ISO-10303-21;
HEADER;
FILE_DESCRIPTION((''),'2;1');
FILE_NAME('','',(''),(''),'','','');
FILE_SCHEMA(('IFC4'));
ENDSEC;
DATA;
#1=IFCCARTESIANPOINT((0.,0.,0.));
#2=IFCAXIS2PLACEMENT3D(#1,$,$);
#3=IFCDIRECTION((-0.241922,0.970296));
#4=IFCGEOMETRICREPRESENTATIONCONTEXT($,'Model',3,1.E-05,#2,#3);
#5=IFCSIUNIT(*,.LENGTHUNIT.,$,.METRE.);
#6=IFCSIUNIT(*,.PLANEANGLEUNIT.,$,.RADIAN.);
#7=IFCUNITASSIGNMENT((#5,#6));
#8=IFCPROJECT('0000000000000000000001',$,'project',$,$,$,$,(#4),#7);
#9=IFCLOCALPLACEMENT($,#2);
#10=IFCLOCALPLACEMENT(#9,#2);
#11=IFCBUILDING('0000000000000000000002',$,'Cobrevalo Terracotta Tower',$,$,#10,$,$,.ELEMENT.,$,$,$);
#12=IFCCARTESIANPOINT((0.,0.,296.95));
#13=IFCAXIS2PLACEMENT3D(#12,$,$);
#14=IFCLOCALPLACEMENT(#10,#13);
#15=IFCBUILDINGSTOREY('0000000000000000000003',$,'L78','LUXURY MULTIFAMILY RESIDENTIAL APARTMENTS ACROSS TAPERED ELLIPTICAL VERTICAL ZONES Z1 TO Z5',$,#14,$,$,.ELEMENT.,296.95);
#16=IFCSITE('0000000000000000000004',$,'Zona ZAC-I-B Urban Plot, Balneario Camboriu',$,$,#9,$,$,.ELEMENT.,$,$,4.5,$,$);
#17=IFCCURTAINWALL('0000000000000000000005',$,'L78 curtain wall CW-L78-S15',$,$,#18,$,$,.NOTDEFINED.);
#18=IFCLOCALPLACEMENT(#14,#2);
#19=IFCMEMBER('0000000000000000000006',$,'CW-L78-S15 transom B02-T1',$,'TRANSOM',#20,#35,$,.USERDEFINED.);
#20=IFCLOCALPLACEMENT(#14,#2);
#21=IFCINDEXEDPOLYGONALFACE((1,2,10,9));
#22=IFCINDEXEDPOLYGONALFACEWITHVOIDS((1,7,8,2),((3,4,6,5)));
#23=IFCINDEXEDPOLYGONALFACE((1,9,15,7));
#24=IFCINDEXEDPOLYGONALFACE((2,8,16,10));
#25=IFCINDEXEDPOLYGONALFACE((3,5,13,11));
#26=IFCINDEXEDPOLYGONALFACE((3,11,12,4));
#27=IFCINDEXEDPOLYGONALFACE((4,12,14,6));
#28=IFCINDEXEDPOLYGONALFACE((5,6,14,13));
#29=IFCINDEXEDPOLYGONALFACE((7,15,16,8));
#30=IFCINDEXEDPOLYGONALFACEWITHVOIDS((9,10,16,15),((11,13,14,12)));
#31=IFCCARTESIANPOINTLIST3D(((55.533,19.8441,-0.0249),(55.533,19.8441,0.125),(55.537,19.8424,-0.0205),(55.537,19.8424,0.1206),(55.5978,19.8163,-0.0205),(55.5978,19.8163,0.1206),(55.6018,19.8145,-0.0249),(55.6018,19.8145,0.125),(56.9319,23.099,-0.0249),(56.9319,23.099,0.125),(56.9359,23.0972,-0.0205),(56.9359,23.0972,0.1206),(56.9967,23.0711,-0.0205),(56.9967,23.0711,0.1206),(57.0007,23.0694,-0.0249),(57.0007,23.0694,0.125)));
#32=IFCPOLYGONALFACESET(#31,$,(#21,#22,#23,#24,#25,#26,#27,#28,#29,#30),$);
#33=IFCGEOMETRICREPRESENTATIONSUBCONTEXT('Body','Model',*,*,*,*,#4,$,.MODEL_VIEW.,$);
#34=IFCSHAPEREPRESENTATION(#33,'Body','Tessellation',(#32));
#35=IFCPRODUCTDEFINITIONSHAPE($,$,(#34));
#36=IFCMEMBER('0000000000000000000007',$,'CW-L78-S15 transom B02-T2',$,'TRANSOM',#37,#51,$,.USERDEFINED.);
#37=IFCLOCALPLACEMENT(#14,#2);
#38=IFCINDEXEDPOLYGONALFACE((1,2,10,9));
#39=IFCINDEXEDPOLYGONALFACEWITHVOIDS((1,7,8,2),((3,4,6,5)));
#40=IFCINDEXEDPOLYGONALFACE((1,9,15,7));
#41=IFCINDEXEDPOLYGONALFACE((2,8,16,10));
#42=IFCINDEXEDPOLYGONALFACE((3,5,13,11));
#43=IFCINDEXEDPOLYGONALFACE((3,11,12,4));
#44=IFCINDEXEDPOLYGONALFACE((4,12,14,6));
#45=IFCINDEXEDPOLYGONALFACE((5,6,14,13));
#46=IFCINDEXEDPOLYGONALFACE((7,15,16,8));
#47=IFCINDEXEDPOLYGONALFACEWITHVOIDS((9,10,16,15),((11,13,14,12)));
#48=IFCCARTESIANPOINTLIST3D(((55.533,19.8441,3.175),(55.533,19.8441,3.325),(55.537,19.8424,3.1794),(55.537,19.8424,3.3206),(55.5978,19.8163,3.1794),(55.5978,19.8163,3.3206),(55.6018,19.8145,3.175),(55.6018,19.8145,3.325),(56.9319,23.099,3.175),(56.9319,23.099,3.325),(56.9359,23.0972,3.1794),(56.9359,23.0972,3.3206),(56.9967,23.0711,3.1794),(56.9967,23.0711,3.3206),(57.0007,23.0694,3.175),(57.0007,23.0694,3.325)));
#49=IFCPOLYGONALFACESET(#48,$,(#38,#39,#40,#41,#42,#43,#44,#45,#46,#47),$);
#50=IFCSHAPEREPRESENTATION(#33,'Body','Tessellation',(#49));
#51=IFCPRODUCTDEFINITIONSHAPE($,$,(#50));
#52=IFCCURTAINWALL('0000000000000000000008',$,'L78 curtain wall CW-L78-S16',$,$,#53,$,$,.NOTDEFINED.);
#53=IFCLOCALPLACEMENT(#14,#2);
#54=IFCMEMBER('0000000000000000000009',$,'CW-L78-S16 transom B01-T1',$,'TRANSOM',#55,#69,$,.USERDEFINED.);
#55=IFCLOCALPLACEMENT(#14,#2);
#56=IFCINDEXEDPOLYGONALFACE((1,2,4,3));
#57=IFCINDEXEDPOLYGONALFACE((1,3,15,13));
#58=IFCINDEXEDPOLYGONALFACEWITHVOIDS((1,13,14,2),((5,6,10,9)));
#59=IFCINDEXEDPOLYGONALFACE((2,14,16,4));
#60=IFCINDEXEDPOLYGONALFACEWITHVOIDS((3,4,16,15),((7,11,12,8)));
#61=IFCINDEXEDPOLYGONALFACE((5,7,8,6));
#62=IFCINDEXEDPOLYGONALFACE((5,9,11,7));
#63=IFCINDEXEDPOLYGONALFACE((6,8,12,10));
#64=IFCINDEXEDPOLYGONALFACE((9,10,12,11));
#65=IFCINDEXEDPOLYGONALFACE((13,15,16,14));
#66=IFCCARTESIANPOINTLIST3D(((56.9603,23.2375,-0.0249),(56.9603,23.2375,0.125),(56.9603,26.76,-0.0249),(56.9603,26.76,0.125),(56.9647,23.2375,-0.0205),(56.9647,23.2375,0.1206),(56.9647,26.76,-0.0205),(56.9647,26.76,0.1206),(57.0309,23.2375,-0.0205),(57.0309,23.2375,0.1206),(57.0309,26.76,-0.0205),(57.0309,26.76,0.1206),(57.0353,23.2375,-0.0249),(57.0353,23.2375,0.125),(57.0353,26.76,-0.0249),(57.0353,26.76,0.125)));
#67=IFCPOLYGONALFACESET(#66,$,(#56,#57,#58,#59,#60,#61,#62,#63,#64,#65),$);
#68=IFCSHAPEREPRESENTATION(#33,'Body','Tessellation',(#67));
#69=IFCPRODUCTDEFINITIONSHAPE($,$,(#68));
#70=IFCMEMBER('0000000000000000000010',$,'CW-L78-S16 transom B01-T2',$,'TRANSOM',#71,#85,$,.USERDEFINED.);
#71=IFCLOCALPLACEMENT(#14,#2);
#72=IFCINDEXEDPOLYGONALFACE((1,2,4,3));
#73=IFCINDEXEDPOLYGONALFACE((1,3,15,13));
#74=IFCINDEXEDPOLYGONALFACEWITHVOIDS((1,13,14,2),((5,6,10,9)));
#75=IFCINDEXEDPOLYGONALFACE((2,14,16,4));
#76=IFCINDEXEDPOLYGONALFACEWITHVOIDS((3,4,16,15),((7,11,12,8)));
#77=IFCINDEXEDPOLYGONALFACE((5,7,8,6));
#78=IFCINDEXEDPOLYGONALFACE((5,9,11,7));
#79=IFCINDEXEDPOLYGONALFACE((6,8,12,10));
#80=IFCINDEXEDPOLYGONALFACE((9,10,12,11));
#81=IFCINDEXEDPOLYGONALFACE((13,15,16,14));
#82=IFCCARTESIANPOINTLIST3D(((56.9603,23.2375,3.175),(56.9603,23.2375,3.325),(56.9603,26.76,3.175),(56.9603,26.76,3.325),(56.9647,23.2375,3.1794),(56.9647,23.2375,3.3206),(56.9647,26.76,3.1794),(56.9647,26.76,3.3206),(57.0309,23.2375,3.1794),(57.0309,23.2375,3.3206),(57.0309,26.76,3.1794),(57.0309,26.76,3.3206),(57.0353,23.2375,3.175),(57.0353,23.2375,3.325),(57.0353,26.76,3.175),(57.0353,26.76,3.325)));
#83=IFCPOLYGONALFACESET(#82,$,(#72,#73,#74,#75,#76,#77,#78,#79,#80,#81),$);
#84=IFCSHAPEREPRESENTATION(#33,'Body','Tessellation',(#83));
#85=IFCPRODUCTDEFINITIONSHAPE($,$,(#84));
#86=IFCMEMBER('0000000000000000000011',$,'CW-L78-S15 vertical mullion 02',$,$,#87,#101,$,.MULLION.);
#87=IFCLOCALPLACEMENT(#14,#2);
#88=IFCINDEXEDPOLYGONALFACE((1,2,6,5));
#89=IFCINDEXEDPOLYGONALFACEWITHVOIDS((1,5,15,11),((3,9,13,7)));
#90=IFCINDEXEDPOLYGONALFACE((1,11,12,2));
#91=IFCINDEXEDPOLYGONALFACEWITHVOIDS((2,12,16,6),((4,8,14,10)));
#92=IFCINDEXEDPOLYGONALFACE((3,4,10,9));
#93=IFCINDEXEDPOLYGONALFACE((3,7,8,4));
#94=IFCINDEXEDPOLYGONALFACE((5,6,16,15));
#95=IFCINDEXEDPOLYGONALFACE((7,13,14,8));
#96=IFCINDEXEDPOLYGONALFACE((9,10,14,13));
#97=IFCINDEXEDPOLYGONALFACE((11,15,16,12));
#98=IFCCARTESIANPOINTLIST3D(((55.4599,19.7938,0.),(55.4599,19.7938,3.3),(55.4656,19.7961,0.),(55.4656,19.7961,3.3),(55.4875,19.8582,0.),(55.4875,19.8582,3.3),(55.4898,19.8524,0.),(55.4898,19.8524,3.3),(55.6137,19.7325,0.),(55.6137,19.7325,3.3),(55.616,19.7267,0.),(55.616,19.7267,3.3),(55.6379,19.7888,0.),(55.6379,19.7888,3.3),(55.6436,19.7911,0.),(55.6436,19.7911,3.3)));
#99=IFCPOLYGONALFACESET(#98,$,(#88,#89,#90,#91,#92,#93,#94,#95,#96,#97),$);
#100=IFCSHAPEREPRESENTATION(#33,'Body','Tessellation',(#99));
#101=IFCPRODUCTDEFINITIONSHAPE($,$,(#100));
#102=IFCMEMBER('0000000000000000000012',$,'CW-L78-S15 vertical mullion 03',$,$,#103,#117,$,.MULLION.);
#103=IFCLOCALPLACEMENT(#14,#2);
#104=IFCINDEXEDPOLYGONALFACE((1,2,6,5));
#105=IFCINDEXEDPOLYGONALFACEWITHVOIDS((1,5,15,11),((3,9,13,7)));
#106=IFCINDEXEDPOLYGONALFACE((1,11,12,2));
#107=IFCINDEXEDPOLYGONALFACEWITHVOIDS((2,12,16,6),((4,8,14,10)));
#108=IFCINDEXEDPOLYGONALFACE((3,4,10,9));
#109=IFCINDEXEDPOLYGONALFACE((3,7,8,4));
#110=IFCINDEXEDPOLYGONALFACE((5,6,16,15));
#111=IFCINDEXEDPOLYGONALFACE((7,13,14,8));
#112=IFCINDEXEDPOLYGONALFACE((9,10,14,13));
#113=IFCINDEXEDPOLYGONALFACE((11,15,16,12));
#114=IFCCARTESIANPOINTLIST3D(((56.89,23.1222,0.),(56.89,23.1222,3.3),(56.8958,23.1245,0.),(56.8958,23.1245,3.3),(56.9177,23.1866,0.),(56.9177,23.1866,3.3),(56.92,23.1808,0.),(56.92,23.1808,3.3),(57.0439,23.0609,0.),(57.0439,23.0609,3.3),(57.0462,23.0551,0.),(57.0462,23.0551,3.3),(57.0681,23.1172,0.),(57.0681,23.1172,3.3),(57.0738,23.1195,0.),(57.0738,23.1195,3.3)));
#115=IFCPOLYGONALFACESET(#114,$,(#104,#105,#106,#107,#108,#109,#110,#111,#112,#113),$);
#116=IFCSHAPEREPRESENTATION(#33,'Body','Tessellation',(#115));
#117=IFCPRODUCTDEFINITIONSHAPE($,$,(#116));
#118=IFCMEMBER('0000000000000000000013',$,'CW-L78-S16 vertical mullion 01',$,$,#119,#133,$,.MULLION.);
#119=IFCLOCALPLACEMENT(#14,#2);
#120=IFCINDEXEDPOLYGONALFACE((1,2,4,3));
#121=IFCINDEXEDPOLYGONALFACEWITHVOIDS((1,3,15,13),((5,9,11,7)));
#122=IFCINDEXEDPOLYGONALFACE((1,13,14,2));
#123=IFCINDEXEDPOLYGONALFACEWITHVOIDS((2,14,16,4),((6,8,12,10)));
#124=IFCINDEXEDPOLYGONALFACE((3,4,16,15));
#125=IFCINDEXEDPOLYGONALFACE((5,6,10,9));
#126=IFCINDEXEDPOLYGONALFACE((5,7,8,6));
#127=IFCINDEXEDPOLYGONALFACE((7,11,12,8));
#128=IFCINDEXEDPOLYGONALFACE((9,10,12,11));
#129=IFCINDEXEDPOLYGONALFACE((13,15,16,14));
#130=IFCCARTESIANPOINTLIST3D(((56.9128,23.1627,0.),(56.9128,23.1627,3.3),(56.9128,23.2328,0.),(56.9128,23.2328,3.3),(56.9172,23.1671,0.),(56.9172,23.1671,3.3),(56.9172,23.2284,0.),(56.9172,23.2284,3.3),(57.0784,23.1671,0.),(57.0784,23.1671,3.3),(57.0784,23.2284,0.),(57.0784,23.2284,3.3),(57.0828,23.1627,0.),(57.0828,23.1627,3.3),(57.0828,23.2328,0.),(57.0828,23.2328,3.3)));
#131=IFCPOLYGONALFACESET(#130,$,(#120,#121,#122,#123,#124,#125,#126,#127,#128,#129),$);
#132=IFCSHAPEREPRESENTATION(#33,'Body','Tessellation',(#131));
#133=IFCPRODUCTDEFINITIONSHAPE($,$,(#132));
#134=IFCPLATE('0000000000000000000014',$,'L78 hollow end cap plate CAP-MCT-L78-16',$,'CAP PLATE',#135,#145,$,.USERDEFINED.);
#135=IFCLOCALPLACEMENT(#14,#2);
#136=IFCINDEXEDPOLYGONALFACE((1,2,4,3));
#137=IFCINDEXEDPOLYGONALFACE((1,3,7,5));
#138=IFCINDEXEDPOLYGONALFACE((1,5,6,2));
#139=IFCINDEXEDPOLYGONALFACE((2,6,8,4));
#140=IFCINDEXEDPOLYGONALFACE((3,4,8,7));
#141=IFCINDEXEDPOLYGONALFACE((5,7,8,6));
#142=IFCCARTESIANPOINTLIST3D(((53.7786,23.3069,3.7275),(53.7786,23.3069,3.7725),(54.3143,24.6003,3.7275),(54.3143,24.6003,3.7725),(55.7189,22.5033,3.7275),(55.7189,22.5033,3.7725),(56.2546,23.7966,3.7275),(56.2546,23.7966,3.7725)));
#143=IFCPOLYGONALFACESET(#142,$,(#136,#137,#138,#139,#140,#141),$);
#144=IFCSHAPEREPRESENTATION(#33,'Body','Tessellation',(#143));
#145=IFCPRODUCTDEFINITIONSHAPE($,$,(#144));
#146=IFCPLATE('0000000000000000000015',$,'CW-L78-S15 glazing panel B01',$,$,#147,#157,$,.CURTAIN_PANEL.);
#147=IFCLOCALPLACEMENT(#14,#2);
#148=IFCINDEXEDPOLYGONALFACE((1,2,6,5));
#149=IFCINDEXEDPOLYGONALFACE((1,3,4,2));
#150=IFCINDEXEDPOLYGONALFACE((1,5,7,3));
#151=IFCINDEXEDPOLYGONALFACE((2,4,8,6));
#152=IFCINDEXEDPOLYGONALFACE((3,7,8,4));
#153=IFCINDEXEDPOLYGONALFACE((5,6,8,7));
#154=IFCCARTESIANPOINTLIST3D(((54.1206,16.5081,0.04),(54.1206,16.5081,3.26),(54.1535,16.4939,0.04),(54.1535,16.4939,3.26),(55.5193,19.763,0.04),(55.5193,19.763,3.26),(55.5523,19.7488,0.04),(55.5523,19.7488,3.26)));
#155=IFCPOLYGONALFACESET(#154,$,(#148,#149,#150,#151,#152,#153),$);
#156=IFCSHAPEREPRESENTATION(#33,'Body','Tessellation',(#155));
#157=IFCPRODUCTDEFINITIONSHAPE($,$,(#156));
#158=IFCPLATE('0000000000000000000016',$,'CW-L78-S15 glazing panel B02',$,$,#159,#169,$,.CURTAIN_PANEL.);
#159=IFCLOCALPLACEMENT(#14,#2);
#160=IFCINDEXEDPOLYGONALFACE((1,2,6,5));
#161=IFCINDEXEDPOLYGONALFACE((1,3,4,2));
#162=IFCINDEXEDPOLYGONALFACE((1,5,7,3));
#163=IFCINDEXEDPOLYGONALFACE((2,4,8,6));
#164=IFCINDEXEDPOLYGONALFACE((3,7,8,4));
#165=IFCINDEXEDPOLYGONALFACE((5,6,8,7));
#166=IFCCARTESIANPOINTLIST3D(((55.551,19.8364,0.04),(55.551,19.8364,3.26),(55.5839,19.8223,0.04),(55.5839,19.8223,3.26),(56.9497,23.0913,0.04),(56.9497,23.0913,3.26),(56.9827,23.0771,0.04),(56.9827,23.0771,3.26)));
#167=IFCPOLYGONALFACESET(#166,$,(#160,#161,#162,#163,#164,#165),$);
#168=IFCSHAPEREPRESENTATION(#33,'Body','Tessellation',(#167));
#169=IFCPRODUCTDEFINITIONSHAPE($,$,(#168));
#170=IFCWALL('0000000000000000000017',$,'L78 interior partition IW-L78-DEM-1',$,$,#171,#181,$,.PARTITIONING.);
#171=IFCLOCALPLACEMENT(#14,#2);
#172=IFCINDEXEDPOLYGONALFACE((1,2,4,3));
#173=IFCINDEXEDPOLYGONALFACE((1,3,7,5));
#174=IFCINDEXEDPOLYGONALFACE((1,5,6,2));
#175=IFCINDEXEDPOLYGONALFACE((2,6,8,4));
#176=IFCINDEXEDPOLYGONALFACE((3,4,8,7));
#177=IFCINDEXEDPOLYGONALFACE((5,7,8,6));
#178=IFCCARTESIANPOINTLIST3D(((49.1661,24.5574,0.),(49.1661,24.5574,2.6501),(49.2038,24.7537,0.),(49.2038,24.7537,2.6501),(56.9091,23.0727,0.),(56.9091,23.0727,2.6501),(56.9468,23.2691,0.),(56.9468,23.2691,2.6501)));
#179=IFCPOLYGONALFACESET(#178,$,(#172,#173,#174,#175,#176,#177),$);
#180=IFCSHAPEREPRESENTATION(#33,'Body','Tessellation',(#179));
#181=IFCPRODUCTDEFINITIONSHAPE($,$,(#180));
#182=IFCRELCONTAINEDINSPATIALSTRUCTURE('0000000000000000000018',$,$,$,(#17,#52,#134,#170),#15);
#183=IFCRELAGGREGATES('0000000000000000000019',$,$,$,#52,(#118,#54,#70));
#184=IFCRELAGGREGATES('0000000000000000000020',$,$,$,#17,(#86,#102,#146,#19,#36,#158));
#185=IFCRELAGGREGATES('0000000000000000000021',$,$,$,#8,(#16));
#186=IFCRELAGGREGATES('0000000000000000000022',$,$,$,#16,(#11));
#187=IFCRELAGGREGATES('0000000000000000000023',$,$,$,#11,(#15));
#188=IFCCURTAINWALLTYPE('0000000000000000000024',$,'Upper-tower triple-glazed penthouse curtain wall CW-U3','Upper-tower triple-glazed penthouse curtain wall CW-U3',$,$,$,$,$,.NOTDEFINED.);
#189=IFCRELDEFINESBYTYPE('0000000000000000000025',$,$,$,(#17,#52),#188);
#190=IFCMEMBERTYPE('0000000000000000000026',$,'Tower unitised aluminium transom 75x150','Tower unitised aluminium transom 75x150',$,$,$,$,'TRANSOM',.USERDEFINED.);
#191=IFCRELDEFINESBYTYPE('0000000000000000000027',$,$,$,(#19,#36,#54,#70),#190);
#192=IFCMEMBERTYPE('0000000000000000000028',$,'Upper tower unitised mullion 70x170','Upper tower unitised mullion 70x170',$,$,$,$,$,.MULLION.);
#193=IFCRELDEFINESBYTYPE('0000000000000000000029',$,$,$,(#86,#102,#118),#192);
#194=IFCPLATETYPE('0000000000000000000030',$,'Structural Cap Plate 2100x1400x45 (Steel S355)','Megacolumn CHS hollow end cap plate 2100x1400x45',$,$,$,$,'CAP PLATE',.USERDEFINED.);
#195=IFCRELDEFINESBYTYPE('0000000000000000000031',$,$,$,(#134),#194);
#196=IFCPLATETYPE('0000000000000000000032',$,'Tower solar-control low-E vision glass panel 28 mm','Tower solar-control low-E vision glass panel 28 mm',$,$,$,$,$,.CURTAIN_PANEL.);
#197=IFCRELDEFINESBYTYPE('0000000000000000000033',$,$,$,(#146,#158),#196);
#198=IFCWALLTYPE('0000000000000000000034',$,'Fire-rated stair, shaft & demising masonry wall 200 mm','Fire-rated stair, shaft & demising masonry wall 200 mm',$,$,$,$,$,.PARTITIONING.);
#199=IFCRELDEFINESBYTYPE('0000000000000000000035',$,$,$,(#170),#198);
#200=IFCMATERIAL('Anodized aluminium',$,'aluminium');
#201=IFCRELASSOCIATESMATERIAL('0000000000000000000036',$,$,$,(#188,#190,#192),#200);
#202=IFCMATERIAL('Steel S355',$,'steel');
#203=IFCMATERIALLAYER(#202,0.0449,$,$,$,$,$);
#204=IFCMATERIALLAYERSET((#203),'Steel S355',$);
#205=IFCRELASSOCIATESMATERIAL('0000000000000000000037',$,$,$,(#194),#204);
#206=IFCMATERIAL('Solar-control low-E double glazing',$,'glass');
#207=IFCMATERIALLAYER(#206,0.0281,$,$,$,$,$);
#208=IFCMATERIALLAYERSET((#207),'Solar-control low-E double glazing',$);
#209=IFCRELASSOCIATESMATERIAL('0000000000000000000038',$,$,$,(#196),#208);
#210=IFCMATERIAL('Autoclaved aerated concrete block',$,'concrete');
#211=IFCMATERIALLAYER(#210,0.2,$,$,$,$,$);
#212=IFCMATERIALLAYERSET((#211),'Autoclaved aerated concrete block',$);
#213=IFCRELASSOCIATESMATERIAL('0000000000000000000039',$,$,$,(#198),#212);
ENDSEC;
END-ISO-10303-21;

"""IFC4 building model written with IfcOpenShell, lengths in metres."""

from ifc_helpers import new_model, si_unit, direction, frame, frame_2d, origin, origin_2d, place, context, subcontext, project, spatial, rectangle, hollow_rectangle, extrude, source, transform, mapped, material, layer, layer_set, material_profile, profile_set, type_object, element, aggregate, save


model = new_model("IFC4")

# Units and contexts
model_context = context("Model", 3, precision=1e-05, world=origin(), true_north=direction((-0.241922, 0.970296)))
body_context = subcontext(model_context, "Body", "Model", "MODEL_VIEW")
ifc_project = project(units=[si_unit("LENGTHUNIT", "METRE"), si_unit("PLANEANGLEUNIT", "RADIAN")], contexts=[model_context])

# Site, building, storey
site_placement = place(None, origin())
site = spatial("IfcSite", under=ifc_project, at=site_placement, Name="Zona ZAC-I-B Urban Plot, Balneario Camboriu", CompositionType="ELEMENT", RefElevation=4.5)
building_placement = place(site_placement, origin())
building = spatial("IfcBuilding", under=site, at=building_placement, Name="Cobrevalo Terracotta Tower", CompositionType="ELEMENT")
storey_placement = place(building_placement, frame((0.0, 0.0, 296.95)))
storey = spatial("IfcBuildingStorey", under=building, at=storey_placement, Name="L78", Description="LUXURY MULTIFAMILY RESIDENTIAL APARTMENTS ACROSS TAPERED ELLIPTICAL VERTICAL ZONES Z1 TO Z5", CompositionType="ELEMENT", Elevation=296.95)

# Shared definitions
ifc_material_1 = material(Name="Steel S355", Category="steel")

# Curtain walls, members
ifc_material_2 = material(Name="Anodized aluminium", Category="aluminium")
curtain_wall_type = type_object("IfcCurtainWallType", Name="Upper-tower triple-glazed penthouse curtain wall CW-U3", Description="Upper-tower triple-glazed penthouse curtain wall CW-U3", PredefinedType="NOTDEFINED", material=ifc_material_2)
curtain_wall_1_placement = place(storey_placement, origin())
curtain_wall_1 = element("IfcCurtainWall", 1, at=curtain_wall_1_placement, inside=storey, type_object=curtain_wall_type, Name="L78 curtain wall CW-L78-S15", PredefinedType="NOTDEFINED")
ifc_material_profile_1 = material_profile(ifc_material_2, hollow_rectangle(XDim=0.075, YDim=0.1499, WallThickness=0.0044, at=origin_2d()), Name="CWT 75x150")
ifc_profile_set_1 = profile_set([ifc_material_profile_1], Name="Anodized aluminium")
member_type_1 = type_object("IfcMemberType", Name="Tower unitised aluminium transom 75x150", Description="Tower unitised aluminium transom 75x150", ElementType="TRANSOM", PredefinedType="USERDEFINED", material=ifc_profile_set_1)
shared_shape_1 = source(origin(), body_context, "Body", "SweptSolid", [
    extrude(hollow_rectangle(XDim=0.075, YDim=0.1499, WallThickness=0.0044, at=origin_2d()), origin(), (0.0, 0.0, 1.0), 3.5427),
])
member_1_placement = place(storey_placement, frame((55.5674, 19.8293, 0.05), z_axis=(0.394867, 0.918738, 0.0), x_axis=(-0.918738, 0.394867, 0.0)))
member_1 = element("IfcMember", 2, at=member_1_placement, type_object=member_type_1, Name="CW-L78-S15 transom B02-T1", ObjectType="TRANSOM", PredefinedType="USERDEFINED", context=body_context, shape_type="MappedRepresentation", body=[
    mapped(shared_shape_1, transform((0.0, 0.0, 0.0), scale=1.0)),
])
member_2_placement = place(storey_placement, frame((55.5674, 19.8293, 3.25), z_axis=(0.394867, 0.918738, 0.0), x_axis=(-0.918738, 0.394867, 0.0)))
member_2 = element("IfcMember", 3, at=member_2_placement, type_object=member_type_1, Name="CW-L78-S15 transom B02-T2", ObjectType="TRANSOM", PredefinedType="USERDEFINED", context=body_context, shape_type="MappedRepresentation", body=[
    mapped(shared_shape_1, transform((0.0, 0.0, 0.0), scale=1.0)),
])
curtain_wall_2_placement = place(storey_placement, origin())
curtain_wall_2 = element("IfcCurtainWall", 4, at=curtain_wall_2_placement, inside=storey, type_object=curtain_wall_type, Name="L78 curtain wall CW-L78-S16", PredefinedType="NOTDEFINED")
shared_shape_2 = source(origin(), body_context, "Body", "SweptSolid", [
    extrude(hollow_rectangle(XDim=0.075, YDim=0.1499, WallThickness=0.0044, at=origin_2d()), origin(), (0.0, 0.0, 1.0), 3.5225),
])
member_3_placement = place(storey_placement, frame((56.9978, 23.2375, 0.05), z_axis=(0.0, 1.0, 0.0), x_axis=(-1.0, 0.0, 0.0)))
member_3 = element("IfcMember", 5, at=member_3_placement, type_object=member_type_1, Name="CW-L78-S16 transom B01-T1", ObjectType="TRANSOM", PredefinedType="USERDEFINED", context=body_context, shape_type="MappedRepresentation", body=[
    mapped(shared_shape_2, transform((0.0, 0.0, 0.0), scale=1.0)),
])
member_4_placement = place(storey_placement, frame((56.9978, 23.2375, 3.25), z_axis=(0.0, 1.0, 0.0), x_axis=(-1.0, 0.0, 0.0)))
member_4 = element("IfcMember", 6, at=member_4_placement, type_object=member_type_1, Name="CW-L78-S16 transom B01-T2", ObjectType="TRANSOM", PredefinedType="USERDEFINED", context=body_context, shape_type="MappedRepresentation", body=[
    mapped(shared_shape_2, transform((0.0, 0.0, 0.0), scale=1.0)),
])

# Members
ifc_material_profile_2 = material_profile(ifc_material_2, hollow_rectangle(XDim=0.0701, YDim=0.1699, WallThickness=0.0044, at=origin_2d()), Name="CWM 70x170")
ifc_profile_set_2 = profile_set([ifc_material_profile_2], Name="Anodized aluminium")
member_type_2 = type_object("IfcMemberType", Name="Upper tower unitised mullion 70x170", Description="Upper tower unitised mullion 70x170", PredefinedType="MULLION", material=ifc_profile_set_2)
shared_shape_3 = source(origin(), body_context, "Body", "SweptSolid", [
    extrude(hollow_rectangle(XDim=0.0701, YDim=0.1699, WallThickness=0.0044, at=origin_2d()), origin(), (0.0, 0.0, 1.0), 3.3),
])
member_5_placement = place(storey_placement, frame((55.5518, 19.7925, 0.0), z_axis=(0.0, 0.0, 1.0), x_axis=(0.394824, 0.918757, 0.0)))
member_5 = element("IfcMember", 7, at=member_5_placement, type_object=member_type_2, Name="CW-L78-S15 vertical mullion 02", PredefinedType="MULLION", context=body_context, shape_type="MappedRepresentation", body=[
    mapped(shared_shape_3, transform((0.0, 0.0, 0.0), scale=1.0)),
])
member_6_placement = place(storey_placement, frame((56.9819, 23.1208, 0.0), z_axis=(0.0, 0.0, 1.0), x_axis=(0.394824, 0.918757, 0.0)))
member_6 = element("IfcMember", 8, at=member_6_placement, type_object=member_type_2, Name="CW-L78-S15 vertical mullion 03", PredefinedType="MULLION", context=body_context, shape_type="MappedRepresentation", body=[
    mapped(shared_shape_3, transform((0.0, 0.0, 0.0), scale=1.0)),
])
member_7_placement = place(storey_placement, frame((56.9978, 23.1978, 0.0), z_axis=(0.0, 0.0, 1.0), x_axis=(0.0, 1.0, 0.0)))
member_7 = element("IfcMember", 9, at=member_7_placement, type_object=member_type_2, Name="CW-L78-S16 vertical mullion 01", PredefinedType="MULLION", context=body_context, shape_type="MappedRepresentation", body=[
    mapped(shared_shape_3, transform((0.0, 0.0, 0.0), scale=1.0)),
])
aggregate(curtain_wall_2, [member_7, member_3, member_4])

# Plates
ifc_layer_1 = layer(ifc_material_1, 0.0449)
ifc_layer_set_1 = layer_set([ifc_layer_1], Name="Steel S355")
plate_type_1 = type_object("IfcPlateType", Name="Structural Cap Plate 2100x1400x45 (Steel S355)", Description="Megacolumn CHS hollow end cap plate 2100x1400x45", ElementType="CAP PLATE", PredefinedType="USERDEFINED", material=ifc_layer_set_1)
shared_shape_4 = source(origin(), body_context, "Body", "SweptSolid", [
    extrude(rectangle(XDim=2.1001, YDim=1.3999, at=origin_2d()), origin(), (0.0, 0.0, 1.0), 0.0449),
])
plate_1_placement = place(storey_placement, frame((55.0166, 23.5518, 3.7275), z_axis=(0.0, 0.0, 1.0), x_axis=(0.92388, -0.382683, 0.0)))
element("IfcPlate", 10, at=plate_1_placement, inside=storey, type_object=plate_type_1, Name="L78 hollow end cap plate CAP-MCT-L78-16", ObjectType="CAP PLATE", PredefinedType="USERDEFINED", context=body_context, shape_type="MappedRepresentation", body=[
    mapped(shared_shape_4, transform((0.0, 0.0, 0.0), scale=1.0)),
])
ifc_material_3 = material(Name="Solar-control low-E double glazing", Category="glass")
ifc_layer_2 = layer(ifc_material_3, 0.0281)
ifc_layer_set_2 = layer_set([ifc_layer_2], Name="Solar-control low-E double glazing")
plate_type_2 = type_object("IfcPlateType", Name="Tower solar-control low-E vision glass panel 28 mm", Description="Tower solar-control low-E vision glass panel 28 mm", PredefinedType="CURTAIN_PANEL", material=ifc_layer_set_2)
shared_shape_5 = source(origin(), body_context, "Body", "SweptSolid", [
    extrude(rectangle(XDim=3.5427, YDim=0.0359, at=origin_2d()), origin(), (0.0, 0.0, 1.0), 3.22),
])
plate_2_placement = place(storey_placement, frame((54.8364, 18.1284, 0.04), z_axis=(0.0, 0.0, 1.0), x_axis=(0.394829, 0.918755, 0.0)))
plate_2 = element("IfcPlate", 11, at=plate_2_placement, type_object=plate_type_2, Name="CW-L78-S15 glazing panel B01", PredefinedType="CURTAIN_PANEL", context=body_context, shape_type="MappedRepresentation", body=[
    mapped(shared_shape_5, transform((0.0, 0.0, 0.0), scale=1.0)),
])
plate_3_placement = place(storey_placement, frame((56.2668, 21.4568, 0.04), z_axis=(0.0, 0.0, 1.0), x_axis=(0.394829, 0.918755, 0.0)))
plate_3 = element("IfcPlate", 12, at=plate_3_placement, type_object=plate_type_2, Name="CW-L78-S15 glazing panel B02", PredefinedType="CURTAIN_PANEL", context=body_context, shape_type="MappedRepresentation", body=[
    mapped(shared_shape_5, transform((0.0, 0.0, 0.0), scale=1.0)),
])
aggregate(curtain_wall_1, [member_5, member_6, plate_2, member_1, member_2, plate_3])

# Wall
ifc_material_4 = material(Name="Autoclaved aerated concrete block", Category="concrete")
ifc_layer_3 = layer(ifc_material_4, 0.2)
ifc_layer_set_3 = layer_set([ifc_layer_3], Name="Autoclaved aerated concrete block")
wall_type_1 = type_object("IfcWallType", Name="Fire-rated stair, shaft & demising masonry wall 200 mm", Description="Fire-rated stair, shaft & demising masonry wall 200 mm", PredefinedType="PARTITIONING", material=ifc_layer_set_3)
wall_1_placement = place(storey_placement, frame((49.1851, 24.6555, 0.0), z_axis=(0.0, 0.0, 1.0), x_axis=(0.98211, -0.188309, 0.0)))
element("IfcWall", 13, at=wall_1_placement, inside=storey, type_object=wall_type_1, Name="L78 interior partition IW-L78-DEM-1", PredefinedType="PARTITIONING", context=body_context, shape_type="SweptSolid", body=[
    extrude(rectangle(XDim=7.884, YDim=0.2, at=frame_2d((3.9419, 0.0))), origin(), (0.0, 0.0, 1.0), 2.6501),
])

save(model, "model.ifc")
